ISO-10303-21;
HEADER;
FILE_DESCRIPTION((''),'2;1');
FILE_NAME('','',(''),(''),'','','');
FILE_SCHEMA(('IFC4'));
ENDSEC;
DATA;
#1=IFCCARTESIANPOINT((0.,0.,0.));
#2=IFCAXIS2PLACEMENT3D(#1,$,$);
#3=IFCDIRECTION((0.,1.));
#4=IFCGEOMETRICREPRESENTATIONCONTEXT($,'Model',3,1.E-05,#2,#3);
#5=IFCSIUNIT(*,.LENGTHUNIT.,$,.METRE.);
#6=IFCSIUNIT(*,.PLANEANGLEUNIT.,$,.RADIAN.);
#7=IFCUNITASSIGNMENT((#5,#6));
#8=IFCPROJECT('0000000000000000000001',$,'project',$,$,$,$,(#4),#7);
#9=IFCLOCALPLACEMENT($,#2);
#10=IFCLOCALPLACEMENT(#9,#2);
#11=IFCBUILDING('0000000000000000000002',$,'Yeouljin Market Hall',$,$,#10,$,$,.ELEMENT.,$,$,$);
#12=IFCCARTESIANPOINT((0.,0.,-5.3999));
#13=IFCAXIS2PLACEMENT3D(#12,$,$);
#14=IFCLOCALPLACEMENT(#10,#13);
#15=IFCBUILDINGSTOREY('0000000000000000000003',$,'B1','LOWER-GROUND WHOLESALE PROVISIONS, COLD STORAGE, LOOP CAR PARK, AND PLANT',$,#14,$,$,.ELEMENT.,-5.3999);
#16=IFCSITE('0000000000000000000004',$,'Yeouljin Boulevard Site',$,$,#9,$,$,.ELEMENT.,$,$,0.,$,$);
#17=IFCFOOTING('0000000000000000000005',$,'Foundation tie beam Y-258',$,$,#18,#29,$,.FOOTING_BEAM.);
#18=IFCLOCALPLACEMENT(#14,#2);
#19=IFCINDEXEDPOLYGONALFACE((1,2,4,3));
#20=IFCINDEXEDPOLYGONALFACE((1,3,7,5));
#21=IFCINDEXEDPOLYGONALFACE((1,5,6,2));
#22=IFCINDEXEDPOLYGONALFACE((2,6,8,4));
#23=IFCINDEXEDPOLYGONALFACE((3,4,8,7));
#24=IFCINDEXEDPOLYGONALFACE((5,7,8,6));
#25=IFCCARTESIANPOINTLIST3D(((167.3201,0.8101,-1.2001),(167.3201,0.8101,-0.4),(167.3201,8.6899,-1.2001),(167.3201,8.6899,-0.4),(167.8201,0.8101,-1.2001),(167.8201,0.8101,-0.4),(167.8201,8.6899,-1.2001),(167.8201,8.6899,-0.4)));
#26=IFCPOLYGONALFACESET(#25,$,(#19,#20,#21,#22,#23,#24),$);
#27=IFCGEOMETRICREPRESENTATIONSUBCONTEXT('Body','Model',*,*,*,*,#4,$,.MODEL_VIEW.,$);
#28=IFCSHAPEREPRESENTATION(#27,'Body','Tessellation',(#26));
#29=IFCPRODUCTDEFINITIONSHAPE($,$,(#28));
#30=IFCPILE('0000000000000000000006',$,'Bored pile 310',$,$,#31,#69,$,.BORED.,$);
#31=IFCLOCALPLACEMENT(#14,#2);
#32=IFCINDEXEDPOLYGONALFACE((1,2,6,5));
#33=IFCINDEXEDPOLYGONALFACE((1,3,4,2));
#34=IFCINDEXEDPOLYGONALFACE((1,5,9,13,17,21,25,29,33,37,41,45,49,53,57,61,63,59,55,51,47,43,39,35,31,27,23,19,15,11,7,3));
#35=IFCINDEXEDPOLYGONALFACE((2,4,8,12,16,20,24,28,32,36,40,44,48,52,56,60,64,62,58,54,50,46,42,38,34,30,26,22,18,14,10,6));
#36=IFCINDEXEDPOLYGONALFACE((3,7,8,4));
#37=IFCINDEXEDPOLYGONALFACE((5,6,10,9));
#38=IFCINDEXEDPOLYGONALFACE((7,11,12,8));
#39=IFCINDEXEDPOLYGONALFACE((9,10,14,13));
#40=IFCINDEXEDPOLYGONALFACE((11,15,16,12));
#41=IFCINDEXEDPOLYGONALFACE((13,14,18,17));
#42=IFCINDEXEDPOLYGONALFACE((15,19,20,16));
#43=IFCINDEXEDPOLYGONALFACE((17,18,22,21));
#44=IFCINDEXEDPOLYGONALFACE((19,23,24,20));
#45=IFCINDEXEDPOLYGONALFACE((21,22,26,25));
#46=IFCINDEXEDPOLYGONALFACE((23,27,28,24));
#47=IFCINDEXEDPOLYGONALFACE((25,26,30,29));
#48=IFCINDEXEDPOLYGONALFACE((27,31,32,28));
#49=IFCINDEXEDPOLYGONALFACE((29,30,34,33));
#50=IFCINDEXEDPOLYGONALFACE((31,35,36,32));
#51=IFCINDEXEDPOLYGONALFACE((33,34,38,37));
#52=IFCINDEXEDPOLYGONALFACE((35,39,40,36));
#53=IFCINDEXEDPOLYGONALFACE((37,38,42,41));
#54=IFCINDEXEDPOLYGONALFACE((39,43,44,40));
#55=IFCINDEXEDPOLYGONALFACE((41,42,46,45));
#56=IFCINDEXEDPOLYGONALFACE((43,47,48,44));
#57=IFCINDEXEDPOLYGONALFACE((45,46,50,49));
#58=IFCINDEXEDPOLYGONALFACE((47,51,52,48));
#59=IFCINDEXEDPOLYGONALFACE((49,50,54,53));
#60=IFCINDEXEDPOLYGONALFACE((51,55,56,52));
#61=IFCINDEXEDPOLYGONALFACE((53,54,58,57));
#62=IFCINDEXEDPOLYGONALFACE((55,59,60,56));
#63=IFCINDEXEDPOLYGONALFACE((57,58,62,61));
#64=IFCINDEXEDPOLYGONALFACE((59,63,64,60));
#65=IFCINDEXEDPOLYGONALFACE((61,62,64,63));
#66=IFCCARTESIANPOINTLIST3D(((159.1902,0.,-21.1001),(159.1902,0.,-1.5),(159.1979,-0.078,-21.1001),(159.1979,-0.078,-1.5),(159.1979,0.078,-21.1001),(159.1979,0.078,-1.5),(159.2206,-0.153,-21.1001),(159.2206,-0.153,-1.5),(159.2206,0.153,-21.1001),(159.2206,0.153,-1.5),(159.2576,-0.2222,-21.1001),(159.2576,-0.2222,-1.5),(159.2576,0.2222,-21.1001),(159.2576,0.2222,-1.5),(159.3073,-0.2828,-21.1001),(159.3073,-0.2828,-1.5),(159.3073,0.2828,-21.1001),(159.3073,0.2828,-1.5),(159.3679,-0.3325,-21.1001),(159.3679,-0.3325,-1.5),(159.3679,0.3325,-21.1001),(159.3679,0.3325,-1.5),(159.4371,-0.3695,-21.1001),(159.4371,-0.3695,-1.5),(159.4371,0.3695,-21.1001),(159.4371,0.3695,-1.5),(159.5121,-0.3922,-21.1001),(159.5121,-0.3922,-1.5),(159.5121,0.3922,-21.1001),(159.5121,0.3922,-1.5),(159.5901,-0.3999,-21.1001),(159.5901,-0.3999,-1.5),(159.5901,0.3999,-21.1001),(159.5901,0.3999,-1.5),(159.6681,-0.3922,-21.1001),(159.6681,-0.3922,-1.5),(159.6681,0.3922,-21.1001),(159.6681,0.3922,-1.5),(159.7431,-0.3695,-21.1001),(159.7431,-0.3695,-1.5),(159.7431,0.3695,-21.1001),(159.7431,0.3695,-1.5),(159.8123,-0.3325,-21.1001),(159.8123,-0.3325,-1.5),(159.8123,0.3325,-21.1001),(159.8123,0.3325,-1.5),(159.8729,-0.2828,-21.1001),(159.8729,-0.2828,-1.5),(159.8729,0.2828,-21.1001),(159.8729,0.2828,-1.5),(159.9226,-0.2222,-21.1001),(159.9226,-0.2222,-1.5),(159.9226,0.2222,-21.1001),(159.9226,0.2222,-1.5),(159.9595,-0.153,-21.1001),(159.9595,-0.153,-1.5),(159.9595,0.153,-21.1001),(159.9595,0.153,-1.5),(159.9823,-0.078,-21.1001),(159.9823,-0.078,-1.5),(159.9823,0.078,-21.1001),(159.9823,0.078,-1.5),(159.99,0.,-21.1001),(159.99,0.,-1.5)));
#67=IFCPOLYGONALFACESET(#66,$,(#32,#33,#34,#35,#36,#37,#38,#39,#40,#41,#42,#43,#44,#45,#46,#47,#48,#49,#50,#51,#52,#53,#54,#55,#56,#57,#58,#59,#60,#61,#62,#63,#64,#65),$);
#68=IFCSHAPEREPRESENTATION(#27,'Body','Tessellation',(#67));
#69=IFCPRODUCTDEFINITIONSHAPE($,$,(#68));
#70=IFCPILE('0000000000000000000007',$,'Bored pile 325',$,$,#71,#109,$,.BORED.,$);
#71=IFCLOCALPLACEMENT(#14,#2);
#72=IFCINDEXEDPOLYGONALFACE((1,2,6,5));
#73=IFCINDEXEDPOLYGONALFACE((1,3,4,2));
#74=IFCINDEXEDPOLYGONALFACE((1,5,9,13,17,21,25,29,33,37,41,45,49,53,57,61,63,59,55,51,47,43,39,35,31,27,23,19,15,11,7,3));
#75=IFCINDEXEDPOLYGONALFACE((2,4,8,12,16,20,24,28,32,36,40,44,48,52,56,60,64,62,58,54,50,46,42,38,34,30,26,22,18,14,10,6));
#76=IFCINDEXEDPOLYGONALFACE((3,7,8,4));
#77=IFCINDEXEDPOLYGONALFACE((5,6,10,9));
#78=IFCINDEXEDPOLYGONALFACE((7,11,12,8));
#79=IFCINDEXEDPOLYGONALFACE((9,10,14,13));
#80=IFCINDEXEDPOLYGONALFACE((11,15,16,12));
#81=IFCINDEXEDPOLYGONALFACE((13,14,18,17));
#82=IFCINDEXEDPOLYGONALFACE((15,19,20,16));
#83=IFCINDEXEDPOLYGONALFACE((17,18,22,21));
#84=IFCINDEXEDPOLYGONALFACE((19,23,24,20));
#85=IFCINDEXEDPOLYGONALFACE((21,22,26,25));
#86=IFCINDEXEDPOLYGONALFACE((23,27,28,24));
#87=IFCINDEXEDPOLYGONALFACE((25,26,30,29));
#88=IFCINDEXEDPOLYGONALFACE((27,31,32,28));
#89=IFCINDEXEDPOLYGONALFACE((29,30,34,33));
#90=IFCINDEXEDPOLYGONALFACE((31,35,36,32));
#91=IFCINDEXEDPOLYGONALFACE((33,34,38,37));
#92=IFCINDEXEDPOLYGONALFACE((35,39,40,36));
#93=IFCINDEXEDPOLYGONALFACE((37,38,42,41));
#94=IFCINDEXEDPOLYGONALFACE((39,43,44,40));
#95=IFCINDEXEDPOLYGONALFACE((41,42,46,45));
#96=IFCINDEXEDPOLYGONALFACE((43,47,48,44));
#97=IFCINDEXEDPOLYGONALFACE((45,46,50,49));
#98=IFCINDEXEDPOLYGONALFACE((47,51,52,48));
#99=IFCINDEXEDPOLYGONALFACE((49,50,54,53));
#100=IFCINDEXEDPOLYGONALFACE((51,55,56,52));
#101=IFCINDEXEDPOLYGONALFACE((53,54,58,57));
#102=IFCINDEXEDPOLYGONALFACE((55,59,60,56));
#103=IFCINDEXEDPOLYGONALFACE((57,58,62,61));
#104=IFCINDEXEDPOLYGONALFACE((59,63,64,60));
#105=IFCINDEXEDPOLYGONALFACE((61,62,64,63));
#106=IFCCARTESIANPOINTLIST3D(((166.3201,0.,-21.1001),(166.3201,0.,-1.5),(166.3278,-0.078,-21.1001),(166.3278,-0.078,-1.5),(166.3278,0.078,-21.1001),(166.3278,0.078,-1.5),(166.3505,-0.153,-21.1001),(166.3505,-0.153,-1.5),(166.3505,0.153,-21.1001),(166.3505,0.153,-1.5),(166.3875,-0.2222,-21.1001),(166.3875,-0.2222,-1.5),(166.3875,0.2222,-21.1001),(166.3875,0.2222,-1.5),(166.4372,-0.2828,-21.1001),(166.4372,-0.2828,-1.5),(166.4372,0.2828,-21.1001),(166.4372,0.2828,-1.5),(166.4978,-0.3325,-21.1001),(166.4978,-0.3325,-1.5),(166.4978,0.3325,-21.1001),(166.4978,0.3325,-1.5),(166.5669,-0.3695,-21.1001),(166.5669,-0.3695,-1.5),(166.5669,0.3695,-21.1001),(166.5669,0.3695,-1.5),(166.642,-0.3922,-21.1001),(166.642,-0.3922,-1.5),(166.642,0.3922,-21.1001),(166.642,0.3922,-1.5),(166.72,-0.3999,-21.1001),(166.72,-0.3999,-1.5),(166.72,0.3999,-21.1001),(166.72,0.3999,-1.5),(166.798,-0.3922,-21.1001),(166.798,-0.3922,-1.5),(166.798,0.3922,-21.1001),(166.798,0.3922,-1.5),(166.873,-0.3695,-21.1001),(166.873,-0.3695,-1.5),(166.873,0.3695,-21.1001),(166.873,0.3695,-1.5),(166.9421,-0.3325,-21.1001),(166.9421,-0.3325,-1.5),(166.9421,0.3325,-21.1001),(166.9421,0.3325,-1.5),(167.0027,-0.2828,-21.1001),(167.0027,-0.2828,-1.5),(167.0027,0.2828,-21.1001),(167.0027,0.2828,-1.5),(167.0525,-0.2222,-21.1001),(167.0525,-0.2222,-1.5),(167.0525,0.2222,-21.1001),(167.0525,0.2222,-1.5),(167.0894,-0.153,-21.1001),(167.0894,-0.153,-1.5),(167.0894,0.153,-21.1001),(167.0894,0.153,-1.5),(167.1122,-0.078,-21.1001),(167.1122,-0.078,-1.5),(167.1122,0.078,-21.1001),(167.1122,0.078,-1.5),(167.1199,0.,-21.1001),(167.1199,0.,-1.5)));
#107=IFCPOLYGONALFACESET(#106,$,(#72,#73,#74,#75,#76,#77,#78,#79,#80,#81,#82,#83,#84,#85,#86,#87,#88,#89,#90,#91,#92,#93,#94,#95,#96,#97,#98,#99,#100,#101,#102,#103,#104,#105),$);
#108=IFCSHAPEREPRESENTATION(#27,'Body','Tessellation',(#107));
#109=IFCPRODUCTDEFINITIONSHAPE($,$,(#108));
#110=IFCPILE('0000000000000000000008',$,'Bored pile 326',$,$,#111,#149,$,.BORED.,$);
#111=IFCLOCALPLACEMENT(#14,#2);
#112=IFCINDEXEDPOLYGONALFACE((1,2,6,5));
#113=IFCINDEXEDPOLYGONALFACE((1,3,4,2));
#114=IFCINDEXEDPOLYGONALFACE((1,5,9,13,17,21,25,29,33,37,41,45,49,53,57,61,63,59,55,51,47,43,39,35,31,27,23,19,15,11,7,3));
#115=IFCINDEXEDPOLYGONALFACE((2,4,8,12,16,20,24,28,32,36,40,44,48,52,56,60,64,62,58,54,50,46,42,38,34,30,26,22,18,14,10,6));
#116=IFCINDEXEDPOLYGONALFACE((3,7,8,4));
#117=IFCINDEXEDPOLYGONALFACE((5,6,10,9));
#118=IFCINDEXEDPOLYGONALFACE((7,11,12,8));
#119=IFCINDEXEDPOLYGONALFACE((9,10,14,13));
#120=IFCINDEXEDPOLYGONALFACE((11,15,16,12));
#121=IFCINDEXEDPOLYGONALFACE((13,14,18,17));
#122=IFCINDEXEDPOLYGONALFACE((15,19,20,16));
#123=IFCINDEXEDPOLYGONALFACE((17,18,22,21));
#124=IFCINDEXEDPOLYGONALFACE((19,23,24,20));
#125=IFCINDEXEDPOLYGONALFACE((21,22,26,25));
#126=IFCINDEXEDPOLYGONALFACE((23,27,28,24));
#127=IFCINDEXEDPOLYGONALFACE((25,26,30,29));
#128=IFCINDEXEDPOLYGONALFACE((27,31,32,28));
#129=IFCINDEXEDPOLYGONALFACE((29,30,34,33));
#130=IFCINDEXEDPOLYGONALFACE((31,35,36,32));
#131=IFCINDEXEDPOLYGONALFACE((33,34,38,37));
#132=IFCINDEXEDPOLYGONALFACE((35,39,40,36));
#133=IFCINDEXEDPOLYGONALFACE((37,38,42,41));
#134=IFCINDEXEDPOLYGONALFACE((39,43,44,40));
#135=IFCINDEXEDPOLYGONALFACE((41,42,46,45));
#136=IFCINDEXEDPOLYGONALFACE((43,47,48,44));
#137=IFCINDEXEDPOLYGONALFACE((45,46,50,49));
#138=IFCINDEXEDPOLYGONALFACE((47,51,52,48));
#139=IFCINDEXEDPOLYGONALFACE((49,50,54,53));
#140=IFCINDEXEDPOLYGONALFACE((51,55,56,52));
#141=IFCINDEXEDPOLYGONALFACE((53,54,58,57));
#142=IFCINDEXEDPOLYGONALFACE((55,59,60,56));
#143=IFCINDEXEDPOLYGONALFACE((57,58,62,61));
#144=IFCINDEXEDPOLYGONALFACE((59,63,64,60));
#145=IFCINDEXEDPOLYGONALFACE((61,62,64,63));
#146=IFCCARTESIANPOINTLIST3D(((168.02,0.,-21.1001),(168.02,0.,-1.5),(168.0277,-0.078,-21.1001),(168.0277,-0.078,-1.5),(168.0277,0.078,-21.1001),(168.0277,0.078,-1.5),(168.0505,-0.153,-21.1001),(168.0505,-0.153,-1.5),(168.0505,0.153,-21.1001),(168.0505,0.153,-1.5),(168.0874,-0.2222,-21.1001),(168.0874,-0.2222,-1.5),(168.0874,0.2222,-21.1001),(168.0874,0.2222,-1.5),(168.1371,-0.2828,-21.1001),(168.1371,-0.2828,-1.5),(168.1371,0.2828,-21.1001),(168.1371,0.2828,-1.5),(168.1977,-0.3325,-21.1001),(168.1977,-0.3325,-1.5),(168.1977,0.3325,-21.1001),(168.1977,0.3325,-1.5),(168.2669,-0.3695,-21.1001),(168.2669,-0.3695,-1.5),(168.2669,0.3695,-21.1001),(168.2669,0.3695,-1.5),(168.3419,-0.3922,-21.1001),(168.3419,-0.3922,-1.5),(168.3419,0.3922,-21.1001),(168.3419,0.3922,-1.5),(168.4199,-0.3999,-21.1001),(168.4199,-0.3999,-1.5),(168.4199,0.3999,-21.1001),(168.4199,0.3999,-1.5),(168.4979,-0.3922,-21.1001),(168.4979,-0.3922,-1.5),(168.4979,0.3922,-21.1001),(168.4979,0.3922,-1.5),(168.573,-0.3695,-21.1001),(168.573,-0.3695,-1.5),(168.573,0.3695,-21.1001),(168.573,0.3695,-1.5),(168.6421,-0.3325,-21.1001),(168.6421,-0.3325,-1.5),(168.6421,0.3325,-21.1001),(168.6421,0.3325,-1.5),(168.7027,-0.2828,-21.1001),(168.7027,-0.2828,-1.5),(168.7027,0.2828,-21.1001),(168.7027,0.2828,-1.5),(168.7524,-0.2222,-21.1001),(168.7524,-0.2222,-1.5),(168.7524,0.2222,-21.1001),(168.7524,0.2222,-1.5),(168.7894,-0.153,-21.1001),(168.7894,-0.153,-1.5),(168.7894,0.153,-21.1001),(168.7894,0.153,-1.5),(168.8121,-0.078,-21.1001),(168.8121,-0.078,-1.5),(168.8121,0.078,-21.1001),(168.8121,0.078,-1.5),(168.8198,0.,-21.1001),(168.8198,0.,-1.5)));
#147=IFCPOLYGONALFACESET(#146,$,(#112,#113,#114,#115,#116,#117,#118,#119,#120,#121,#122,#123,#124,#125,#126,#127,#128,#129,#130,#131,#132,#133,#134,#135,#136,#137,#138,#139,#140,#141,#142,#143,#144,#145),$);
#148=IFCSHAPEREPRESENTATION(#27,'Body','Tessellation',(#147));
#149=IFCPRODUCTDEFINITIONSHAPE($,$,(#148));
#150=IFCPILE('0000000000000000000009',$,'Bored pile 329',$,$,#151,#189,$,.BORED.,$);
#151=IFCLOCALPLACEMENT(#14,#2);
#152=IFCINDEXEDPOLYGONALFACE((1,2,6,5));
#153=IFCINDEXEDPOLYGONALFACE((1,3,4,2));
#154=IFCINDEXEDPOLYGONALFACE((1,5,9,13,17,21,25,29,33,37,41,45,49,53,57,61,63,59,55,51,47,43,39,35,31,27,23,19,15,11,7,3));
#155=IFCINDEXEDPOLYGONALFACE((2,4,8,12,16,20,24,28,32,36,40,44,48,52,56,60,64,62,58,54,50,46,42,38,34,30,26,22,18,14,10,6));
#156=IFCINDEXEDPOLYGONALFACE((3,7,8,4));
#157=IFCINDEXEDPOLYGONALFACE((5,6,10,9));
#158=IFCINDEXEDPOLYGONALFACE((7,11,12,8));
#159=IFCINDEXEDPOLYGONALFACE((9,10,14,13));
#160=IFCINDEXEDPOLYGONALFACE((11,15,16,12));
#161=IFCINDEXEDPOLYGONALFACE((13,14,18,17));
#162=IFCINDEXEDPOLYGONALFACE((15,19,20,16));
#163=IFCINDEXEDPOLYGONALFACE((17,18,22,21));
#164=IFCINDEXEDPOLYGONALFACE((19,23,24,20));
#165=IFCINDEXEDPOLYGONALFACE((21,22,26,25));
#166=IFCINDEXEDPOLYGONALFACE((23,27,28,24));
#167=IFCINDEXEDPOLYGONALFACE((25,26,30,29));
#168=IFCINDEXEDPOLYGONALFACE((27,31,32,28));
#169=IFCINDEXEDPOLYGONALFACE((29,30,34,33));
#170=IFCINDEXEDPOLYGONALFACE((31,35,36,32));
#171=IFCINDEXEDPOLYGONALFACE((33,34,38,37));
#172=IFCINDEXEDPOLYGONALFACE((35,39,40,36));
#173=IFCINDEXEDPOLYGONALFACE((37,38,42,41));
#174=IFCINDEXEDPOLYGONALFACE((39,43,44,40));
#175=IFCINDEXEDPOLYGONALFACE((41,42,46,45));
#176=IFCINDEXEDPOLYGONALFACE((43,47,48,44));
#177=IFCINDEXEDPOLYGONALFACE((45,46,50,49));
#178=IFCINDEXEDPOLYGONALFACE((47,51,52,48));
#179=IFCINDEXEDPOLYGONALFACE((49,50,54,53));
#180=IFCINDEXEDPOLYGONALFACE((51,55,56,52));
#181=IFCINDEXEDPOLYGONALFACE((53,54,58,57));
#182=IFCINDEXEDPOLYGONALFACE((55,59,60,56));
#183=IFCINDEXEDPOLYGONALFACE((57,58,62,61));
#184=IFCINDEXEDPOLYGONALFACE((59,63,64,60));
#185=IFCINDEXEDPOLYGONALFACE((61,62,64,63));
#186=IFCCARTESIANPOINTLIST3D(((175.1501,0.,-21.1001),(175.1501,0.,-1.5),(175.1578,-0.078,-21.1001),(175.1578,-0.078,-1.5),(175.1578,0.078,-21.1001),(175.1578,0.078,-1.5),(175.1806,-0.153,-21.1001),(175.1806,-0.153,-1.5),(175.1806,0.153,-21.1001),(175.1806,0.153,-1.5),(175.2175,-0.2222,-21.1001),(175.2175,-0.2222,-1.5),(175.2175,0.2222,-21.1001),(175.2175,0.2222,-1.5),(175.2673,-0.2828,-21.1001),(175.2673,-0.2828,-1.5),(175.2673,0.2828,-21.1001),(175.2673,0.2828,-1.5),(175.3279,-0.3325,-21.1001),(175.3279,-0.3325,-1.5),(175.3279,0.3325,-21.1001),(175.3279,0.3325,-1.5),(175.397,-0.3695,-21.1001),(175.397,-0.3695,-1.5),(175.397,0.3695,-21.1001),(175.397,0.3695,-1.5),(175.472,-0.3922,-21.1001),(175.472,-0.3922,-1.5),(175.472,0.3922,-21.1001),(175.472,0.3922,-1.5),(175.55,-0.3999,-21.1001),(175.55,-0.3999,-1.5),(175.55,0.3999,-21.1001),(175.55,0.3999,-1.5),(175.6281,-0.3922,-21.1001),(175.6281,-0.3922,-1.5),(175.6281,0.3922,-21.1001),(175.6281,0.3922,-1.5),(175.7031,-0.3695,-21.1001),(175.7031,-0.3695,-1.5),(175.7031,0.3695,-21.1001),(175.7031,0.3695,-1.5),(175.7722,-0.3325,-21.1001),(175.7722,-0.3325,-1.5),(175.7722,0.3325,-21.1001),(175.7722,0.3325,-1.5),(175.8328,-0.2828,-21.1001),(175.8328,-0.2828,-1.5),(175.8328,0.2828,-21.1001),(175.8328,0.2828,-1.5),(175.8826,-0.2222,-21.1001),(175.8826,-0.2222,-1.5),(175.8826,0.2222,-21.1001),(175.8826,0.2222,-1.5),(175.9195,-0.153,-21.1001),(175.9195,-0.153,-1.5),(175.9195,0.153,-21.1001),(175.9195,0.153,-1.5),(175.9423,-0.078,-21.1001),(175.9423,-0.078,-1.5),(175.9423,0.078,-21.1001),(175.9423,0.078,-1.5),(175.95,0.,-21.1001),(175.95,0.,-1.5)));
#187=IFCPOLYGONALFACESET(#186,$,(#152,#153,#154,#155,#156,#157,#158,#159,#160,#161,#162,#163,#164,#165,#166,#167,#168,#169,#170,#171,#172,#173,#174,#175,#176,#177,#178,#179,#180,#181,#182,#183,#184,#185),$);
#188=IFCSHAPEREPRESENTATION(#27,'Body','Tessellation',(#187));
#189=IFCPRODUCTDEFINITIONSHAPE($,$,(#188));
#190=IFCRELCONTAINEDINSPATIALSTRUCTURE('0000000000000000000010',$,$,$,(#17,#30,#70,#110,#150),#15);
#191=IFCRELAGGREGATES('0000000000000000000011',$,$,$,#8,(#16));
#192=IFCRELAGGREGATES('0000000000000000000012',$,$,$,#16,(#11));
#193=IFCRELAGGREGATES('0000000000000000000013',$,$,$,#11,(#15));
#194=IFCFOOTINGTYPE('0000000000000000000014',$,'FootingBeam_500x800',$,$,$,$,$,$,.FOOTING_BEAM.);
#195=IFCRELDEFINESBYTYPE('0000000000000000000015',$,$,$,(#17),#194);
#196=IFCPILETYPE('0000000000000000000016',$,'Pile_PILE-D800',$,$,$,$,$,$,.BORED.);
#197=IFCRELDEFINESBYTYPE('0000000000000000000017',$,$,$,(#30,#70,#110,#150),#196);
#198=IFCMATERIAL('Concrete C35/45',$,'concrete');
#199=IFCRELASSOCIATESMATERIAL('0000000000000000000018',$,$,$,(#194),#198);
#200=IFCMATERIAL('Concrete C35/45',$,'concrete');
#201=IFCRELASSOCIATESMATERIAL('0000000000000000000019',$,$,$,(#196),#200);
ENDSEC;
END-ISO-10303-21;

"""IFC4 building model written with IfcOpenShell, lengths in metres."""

from ifc_helpers import new_model, si_unit, direction, frame, origin, origin_2d, place, context, subcontext, project, spatial, rectangle, circle, extrude, material, material_profile, profile_set, type_object, element, save


model = new_model("IFC4")

# Units and contexts
model_context = context("Model", 3, precision=1e-05, world=origin(), true_north=direction((0.0, 1.0)))
body_context = subcontext(model_context, "Body", "Model", "MODEL_VIEW")
ifc_project = project(units=[si_unit("LENGTHUNIT", "METRE"), si_unit("PLANEANGLEUNIT", "RADIAN")], contexts=[model_context])

# Site, building, storey
site_placement = place(None, origin())
site = spatial("IfcSite", under=ifc_project, at=site_placement, Name="Yeouljin Boulevard Site", CompositionType="ELEMENT", RefElevation=0.0)
building_placement = place(site_placement, origin())
building = spatial("IfcBuilding", under=site, at=building_placement, Name="Yeouljin Market Hall", CompositionType="ELEMENT")
storey_placement = place(building_placement, frame((0.0, 0.0, -5.3999)))
storey = spatial("IfcBuildingStorey", under=building, at=storey_placement, Name="B1", Description="LOWER-GROUND WHOLESALE PROVISIONS, COLD STORAGE, LOOP CAR PARK, AND PLANT", CompositionType="ELEMENT", Elevation=-5.3999)

# Footing
ifc_material_1 = material(Name="Concrete C35/45", Category="concrete")
ifc_material_profile_1 = material_profile(ifc_material_1, rectangle(XDim=0.5, YDim=0.8, at=origin_2d()), Name="RC-500x800")
ifc_profile_set_1 = profile_set([ifc_material_profile_1], Name="Concrete C35/45")
footing_type_1 = type_object("IfcFootingType", Name="FootingBeam_500x800", PredefinedType="FOOTING_BEAM", material=ifc_profile_set_1)
footing_1_placement = place(storey_placement, frame((167.5701, 0.8101, -0.8), z_axis=(0.0, 1.0, 0.0), x_axis=(-1.0, 0.0, 0.0)))
element("IfcFooting", 1, at=footing_1_placement, inside=storey, type_object=footing_type_1, Name="Foundation tie beam Y-258", PredefinedType="FOOTING_BEAM", context=body_context, shape_type="SweptSolid", body=[
    extrude(rectangle(XDim=0.5, YDim=0.8, at=origin_2d()), origin(), (0.0, 0.0, 1.0), 7.8799),
])

# Piles
ifc_material_2 = material(Name="Concrete C35/45", Category="concrete")
ifc_material_profile_2 = material_profile(ifc_material_2, circle(Radius=0.3999, at=origin_2d()), Name="PILE-D800")
ifc_profile_set_2 = profile_set([ifc_material_profile_2], Name="Concrete C35/45")
pile_type = type_object("IfcPileType", Name="Pile_PILE-D800", PredefinedType="BORED", material=ifc_profile_set_2)
for number, where, z_axis, x_axis, name in (
    (2, (159.5901, 0.0, -1.5), (0.0, 0.0, -1.0), (1.0, 0.0, 0.0), "Bored pile 310"),
    (3, (166.72, 0.0, -1.5), (0.0, 0.0, -1.0), (1.0, 0.0, 0.0), "Bored pile 325"),
    (4, (168.4199, 0.0, -1.5), (0.0, 0.0, -1.0), (1.0, 0.0, 0.0), "Bored pile 326"),
    (5, (175.55, 0.0, -1.5), (0.0, 0.0, -1.0), (1.0, 0.0, 0.0), "Bored pile 329"),
):
    element("IfcPile", number, at=place(storey_placement, frame(where, z_axis=z_axis, x_axis=x_axis)), inside=storey, type_object=pile_type, Name=name, PredefinedType="BORED", context=body_context, shape_type="SweptSolid", body=[
        extrude(circle(Radius=0.3999, at=origin_2d()), origin(), (0.0, 0.0, 1.0), 19.6001),
    ])

save(model, "model.ifc")
